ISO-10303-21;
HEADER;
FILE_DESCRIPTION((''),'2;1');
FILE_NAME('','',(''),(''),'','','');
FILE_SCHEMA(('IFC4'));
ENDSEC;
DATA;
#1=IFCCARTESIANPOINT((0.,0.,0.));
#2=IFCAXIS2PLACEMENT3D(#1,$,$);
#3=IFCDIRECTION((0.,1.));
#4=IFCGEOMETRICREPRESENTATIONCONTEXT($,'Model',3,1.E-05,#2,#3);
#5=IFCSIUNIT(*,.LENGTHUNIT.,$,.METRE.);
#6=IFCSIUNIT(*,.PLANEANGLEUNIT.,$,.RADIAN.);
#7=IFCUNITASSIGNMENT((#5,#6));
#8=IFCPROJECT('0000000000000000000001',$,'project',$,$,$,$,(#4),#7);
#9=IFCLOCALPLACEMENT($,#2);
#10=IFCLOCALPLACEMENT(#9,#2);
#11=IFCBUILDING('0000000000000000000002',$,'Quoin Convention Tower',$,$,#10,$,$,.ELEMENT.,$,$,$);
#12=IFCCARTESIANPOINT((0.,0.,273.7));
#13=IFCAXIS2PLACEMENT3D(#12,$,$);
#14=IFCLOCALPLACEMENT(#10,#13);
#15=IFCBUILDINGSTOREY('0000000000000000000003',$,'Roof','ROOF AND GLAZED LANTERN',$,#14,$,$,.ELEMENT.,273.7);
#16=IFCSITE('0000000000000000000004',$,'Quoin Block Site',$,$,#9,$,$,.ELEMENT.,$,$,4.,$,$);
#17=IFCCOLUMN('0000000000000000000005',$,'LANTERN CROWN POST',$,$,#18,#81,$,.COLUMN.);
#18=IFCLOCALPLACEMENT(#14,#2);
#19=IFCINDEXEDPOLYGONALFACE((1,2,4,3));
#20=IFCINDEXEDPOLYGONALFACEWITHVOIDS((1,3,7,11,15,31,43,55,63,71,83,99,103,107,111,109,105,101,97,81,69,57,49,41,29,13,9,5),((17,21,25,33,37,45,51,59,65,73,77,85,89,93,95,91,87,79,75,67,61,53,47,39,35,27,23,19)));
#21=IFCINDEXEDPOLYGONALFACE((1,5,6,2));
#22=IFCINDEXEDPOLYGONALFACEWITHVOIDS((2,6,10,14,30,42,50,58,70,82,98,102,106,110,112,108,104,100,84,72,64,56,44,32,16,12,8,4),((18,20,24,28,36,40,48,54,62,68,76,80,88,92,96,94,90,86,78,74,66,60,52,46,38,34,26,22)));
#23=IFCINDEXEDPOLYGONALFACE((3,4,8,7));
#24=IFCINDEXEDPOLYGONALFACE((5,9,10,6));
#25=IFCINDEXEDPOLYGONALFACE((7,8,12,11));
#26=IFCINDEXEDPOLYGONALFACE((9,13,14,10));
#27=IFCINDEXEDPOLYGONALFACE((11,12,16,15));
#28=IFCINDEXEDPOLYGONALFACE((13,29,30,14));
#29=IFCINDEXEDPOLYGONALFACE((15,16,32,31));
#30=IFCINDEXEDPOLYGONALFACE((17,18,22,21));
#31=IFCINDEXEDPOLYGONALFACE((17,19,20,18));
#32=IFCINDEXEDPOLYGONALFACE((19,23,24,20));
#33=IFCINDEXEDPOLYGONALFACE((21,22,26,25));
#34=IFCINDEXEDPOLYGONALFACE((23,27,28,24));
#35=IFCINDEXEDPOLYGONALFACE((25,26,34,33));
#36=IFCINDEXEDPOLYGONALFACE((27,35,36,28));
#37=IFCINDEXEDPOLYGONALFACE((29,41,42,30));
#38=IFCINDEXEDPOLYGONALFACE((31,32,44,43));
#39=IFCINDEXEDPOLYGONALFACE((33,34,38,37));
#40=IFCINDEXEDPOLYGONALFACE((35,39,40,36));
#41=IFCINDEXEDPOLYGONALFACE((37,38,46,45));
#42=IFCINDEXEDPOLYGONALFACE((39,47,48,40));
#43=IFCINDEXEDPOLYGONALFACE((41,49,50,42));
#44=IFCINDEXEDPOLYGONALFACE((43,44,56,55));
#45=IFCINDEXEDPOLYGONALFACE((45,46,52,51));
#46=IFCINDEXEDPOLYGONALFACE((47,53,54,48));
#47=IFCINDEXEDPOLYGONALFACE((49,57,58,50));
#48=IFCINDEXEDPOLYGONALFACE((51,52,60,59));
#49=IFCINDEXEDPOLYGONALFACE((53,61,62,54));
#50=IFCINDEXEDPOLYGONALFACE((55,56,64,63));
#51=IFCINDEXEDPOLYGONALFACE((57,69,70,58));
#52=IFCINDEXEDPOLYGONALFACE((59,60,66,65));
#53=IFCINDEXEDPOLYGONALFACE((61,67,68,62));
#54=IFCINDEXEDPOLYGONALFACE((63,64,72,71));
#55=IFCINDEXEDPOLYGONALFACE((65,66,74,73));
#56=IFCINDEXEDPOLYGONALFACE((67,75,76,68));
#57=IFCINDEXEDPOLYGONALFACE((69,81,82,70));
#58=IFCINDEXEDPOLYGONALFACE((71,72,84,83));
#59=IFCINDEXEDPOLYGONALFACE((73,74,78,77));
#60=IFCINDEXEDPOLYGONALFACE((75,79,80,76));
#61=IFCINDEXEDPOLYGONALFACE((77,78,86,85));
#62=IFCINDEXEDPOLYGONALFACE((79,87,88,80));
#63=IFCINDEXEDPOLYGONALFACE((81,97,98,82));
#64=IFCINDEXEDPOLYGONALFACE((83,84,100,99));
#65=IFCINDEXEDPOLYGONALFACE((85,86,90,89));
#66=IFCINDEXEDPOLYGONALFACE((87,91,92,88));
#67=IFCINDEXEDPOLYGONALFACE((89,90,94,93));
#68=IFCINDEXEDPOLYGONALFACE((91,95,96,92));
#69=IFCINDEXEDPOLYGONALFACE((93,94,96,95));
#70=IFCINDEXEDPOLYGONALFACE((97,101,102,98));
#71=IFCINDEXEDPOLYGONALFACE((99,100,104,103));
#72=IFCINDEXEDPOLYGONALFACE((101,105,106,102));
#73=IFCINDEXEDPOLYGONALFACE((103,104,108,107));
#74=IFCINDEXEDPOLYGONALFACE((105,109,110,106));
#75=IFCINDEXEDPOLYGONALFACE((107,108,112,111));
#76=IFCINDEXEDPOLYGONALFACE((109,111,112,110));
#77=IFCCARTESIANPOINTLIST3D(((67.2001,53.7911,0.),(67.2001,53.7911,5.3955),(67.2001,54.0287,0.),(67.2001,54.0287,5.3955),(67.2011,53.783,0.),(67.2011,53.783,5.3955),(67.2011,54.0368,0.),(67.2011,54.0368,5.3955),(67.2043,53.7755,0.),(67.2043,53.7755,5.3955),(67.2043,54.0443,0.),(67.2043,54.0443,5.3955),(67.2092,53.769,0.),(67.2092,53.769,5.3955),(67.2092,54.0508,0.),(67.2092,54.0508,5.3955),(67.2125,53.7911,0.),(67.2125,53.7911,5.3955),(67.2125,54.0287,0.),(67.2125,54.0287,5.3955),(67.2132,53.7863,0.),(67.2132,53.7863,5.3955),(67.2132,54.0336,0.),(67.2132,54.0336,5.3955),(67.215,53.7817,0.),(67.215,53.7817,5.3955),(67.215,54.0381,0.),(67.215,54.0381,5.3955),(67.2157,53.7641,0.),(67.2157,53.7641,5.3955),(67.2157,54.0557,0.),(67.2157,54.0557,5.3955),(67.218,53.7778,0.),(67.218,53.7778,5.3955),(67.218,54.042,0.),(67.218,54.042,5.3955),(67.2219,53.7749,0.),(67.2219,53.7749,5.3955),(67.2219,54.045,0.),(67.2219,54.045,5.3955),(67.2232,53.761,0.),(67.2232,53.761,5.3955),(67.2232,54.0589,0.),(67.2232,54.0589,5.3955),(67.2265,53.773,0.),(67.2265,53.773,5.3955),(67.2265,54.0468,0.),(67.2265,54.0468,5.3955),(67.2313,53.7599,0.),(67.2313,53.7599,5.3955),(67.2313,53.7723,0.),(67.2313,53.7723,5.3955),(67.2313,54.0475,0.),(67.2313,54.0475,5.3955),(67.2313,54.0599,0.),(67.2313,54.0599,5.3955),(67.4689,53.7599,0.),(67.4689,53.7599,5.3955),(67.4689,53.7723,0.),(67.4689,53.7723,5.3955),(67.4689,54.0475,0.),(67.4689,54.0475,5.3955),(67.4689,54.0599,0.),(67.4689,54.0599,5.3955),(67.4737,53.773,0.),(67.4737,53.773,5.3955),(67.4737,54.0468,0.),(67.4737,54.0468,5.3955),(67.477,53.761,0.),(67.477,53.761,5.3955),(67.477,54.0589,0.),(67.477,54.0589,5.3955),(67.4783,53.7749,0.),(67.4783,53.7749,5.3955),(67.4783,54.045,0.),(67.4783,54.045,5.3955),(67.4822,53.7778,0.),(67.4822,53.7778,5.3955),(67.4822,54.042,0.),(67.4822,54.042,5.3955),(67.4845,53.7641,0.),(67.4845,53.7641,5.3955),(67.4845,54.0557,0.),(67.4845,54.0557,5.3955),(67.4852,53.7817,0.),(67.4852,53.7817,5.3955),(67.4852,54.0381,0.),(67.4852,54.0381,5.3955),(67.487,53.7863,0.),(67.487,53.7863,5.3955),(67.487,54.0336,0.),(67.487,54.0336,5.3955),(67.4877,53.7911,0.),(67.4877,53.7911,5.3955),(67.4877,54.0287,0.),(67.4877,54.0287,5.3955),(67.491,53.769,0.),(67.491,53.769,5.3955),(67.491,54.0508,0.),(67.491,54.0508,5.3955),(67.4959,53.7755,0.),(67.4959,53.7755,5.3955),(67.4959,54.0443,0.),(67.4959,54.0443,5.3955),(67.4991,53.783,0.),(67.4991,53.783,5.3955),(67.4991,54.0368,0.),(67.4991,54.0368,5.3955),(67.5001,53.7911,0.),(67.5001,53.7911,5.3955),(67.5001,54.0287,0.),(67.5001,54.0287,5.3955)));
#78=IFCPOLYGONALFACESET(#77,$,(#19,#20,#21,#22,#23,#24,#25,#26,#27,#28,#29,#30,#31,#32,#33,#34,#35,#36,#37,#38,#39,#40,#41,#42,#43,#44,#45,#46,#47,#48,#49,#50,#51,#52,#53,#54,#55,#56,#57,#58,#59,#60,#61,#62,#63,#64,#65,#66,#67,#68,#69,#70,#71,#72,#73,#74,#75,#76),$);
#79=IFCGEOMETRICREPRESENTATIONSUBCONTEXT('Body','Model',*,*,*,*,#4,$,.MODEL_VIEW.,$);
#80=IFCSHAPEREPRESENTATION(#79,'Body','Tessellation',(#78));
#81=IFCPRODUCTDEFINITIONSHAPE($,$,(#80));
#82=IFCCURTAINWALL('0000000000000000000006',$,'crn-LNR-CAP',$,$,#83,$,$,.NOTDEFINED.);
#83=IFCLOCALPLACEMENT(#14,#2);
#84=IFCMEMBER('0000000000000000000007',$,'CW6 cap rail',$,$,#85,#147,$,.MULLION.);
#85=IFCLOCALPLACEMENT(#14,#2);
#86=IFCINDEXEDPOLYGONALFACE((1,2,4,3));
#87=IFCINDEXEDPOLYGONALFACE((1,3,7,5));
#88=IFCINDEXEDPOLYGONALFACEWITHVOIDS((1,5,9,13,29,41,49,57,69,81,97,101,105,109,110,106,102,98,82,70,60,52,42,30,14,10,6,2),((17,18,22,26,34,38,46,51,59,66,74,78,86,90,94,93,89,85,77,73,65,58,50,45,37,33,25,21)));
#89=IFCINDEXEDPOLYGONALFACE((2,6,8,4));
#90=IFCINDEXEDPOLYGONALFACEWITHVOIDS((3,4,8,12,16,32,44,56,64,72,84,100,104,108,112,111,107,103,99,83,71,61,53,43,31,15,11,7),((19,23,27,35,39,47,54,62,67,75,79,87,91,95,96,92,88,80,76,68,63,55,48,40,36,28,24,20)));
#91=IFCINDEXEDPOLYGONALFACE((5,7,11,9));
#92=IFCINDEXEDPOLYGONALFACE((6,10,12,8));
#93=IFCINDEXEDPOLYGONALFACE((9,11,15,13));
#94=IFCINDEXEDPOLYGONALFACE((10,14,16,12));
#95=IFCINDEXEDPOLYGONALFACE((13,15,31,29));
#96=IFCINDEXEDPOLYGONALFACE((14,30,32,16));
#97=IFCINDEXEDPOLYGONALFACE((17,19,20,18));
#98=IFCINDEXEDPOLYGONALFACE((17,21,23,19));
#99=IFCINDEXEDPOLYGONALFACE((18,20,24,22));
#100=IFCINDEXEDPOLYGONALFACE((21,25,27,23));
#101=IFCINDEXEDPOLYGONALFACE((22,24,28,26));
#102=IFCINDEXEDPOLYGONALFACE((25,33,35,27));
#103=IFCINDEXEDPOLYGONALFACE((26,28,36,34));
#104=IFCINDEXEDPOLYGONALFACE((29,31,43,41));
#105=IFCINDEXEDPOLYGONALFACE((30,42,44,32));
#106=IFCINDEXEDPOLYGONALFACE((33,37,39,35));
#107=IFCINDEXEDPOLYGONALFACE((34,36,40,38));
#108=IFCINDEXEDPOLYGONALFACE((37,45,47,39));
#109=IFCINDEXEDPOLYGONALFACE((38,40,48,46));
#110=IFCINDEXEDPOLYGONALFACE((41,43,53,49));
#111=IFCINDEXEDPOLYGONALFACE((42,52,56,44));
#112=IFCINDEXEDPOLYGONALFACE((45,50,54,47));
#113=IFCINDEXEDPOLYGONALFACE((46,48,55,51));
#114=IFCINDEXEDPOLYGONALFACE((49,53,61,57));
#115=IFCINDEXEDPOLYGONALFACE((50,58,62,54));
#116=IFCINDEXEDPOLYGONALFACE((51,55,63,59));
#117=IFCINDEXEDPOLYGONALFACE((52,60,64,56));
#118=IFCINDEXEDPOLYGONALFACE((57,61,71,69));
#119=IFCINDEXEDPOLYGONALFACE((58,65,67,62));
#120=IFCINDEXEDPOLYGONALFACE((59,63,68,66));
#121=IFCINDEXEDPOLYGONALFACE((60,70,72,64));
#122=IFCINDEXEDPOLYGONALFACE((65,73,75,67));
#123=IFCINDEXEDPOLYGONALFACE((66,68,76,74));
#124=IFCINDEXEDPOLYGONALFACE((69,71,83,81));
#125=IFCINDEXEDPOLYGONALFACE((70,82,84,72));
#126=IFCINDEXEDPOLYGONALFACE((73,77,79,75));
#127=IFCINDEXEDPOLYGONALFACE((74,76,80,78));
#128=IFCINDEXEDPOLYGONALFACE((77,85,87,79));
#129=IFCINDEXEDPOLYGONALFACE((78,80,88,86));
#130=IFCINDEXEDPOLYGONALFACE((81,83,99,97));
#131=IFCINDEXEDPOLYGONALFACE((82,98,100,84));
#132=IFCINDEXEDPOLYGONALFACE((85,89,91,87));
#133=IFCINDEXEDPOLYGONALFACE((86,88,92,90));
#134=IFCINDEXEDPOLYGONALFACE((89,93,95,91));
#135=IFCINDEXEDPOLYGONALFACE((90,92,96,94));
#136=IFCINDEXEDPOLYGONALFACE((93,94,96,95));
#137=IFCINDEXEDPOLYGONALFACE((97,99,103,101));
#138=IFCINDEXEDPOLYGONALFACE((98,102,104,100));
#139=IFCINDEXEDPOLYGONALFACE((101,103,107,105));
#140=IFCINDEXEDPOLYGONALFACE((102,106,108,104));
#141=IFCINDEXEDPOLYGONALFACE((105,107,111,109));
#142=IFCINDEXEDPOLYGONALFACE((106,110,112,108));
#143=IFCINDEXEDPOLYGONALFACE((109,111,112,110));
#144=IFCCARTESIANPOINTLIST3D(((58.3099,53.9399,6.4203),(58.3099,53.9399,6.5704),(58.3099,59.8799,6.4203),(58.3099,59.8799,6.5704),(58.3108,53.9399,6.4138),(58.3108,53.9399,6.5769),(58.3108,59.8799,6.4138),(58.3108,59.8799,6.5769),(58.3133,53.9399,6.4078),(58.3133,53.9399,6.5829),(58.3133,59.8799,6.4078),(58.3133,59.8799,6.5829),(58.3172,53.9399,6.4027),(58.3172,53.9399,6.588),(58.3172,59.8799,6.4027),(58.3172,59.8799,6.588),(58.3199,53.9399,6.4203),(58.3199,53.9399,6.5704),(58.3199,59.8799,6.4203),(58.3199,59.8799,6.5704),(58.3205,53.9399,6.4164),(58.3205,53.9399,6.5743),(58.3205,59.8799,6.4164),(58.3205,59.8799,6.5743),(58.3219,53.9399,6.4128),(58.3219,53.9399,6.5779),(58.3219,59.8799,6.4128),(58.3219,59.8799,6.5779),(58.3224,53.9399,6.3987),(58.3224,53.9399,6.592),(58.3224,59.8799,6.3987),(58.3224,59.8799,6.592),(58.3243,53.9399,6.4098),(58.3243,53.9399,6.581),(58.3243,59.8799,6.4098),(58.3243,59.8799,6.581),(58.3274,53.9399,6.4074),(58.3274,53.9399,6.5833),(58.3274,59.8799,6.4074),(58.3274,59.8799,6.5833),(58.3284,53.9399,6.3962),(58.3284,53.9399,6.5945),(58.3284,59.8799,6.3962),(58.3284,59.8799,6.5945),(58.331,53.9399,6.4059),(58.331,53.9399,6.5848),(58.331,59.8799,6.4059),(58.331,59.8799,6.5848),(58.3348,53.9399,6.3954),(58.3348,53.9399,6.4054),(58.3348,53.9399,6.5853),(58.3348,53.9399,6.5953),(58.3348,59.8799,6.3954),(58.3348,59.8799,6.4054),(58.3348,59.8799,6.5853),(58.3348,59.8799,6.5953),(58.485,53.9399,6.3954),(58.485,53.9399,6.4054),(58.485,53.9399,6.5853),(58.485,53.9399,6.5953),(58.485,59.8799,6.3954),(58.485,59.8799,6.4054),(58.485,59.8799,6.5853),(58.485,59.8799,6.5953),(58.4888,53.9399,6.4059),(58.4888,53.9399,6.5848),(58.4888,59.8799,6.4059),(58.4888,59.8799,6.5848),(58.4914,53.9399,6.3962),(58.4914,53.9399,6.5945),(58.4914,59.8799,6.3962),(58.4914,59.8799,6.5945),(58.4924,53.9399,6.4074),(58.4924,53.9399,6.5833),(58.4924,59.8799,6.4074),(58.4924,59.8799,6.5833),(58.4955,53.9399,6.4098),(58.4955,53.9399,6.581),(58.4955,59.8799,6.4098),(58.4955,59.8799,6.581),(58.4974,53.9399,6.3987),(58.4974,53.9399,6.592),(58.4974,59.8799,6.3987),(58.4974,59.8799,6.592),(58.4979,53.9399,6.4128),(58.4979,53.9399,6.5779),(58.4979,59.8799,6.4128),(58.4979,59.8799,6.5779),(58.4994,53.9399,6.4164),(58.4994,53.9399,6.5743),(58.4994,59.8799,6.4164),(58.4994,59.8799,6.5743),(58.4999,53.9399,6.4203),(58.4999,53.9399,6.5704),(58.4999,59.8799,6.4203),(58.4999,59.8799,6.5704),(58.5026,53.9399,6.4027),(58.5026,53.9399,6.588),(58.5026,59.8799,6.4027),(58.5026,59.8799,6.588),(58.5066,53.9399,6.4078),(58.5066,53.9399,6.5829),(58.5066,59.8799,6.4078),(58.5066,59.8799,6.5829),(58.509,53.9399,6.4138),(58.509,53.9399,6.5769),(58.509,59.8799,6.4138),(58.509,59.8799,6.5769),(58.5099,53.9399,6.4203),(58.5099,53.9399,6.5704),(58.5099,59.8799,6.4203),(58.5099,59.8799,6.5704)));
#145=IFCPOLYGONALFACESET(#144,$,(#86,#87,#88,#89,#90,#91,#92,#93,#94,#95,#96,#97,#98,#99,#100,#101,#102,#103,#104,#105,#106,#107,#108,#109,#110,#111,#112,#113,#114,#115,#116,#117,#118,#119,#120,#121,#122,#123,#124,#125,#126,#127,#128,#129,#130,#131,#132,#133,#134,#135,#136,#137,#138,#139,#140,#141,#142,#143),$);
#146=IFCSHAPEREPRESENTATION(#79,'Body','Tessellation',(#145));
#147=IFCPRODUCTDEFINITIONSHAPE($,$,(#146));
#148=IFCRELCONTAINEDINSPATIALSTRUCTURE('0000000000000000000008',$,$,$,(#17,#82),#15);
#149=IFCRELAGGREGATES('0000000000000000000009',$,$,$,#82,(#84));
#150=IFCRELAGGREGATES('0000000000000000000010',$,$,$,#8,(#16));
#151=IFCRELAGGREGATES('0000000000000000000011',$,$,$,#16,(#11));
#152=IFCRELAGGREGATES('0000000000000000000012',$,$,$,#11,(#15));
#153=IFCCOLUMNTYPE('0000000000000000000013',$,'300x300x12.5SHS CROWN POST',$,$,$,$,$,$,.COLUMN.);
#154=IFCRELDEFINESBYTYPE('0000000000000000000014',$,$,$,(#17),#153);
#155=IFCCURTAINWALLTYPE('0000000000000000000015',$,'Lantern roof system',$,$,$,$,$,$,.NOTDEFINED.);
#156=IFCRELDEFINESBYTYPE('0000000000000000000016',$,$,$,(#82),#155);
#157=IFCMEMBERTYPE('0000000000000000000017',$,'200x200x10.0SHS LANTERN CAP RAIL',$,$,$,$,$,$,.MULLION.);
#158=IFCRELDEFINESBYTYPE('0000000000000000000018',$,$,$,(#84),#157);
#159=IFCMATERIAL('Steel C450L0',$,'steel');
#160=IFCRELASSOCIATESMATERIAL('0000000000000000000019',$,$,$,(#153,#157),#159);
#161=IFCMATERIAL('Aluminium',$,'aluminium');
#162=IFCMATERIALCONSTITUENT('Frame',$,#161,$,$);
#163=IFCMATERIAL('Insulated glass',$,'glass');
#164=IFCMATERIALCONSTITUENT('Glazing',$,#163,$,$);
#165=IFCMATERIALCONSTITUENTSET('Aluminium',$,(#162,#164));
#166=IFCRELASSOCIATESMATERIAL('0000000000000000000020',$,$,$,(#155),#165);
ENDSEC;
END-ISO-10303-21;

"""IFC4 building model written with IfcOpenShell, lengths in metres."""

from ifc_helpers import new_model, si_unit, direction, frame, origin, origin_2d, place, context, subcontext, project, spatial, hollow_rectangle, extrude, material, constituent, constituent_set, material_profile, profile_set, type_object, element, aggregate, save


model = new_model("IFC4")

# Units and contexts
model_context = context("Model", 3, precision=1e-05, world=origin(), true_north=direction((0.0, 1.0)))
body_context = subcontext(model_context, "Body", "Model", "MODEL_VIEW")
ifc_project = project(units=[si_unit("LENGTHUNIT", "METRE"), si_unit("PLANEANGLEUNIT", "RADIAN")], contexts=[model_context])

# Site, building, storey
site_placement = place(None, origin())
site = spatial("IfcSite", under=ifc_project, at=site_placement, Name="Quoin Block Site", CompositionType="ELEMENT", RefElevation=4.0)
building_placement = place(site_placement, origin())
building = spatial("IfcBuilding", under=site, at=building_placement, Name="Quoin Convention Tower", CompositionType="ELEMENT")
storey_placement = place(building_placement, frame((0.0, 0.0, 273.7)))
storey = spatial("IfcBuildingStorey", under=building, at=storey_placement, Name="Roof", Description="ROOF AND GLAZED LANTERN", CompositionType="ELEMENT", Elevation=273.7)

# Column
ifc_material_1 = material(Name="Steel C450L0", Category="steel")
ifc_material_profile_1 = material_profile(ifc_material_1, hollow_rectangle(XDim=0.3, YDim=0.3, WallThickness=0.0125, InnerFilletRadius=0.0188, OuterFilletRadius=0.0312, at=origin_2d()), Name="300x300x12.5SHS")
ifc_profile_set_1 = profile_set([ifc_material_profile_1], Name="Steel C450L0")
column_type = type_object("IfcColumnType", Name="300x300x12.5SHS CROWN POST", PredefinedType="COLUMN", material=ifc_profile_set_1)
column_placement = place(storey_placement, frame((67.3501, 53.9099, 0.0), z_axis=(0.0, 0.0, 1.0), x_axis=(1.0, 0.0, 0.0)))
element("IfcColumn", 1, at=column_placement, inside=storey, type_object=column_type, Name="LANTERN CROWN POST", PredefinedType="COLUMN", context=body_context, shape_type="SweptSolid", body=[
    extrude(hollow_rectangle(XDim=0.3, YDim=0.3, WallThickness=0.0125, InnerFilletRadius=0.0188, OuterFilletRadius=0.0312, at=origin_2d()), origin(), (0.0, 0.0, 1.0), 5.3955),
])

# Curtain wall, member
ifc_material_2 = material(Name="Aluminium", Category="aluminium")
ifc_constituent_1 = constituent(ifc_material_2, Name="Frame")
ifc_material_3 = material(Name="Insulated glass", Category="glass")
ifc_constituent_2 = constituent(ifc_material_3, Name="Glazing")
ifc_constituent_set = constituent_set(constituents=[ifc_constituent_1, ifc_constituent_2], Name="Aluminium")
curtain_wall_type = type_object("IfcCurtainWallType", Name="Lantern roof system", PredefinedType="NOTDEFINED", material=ifc_constituent_set)
curtain_wall_1_placement = place(storey_placement, origin())
curtain_wall_1 = element("IfcCurtainWall", 2, at=curtain_wall_1_placement, inside=storey, type_object=curtain_wall_type, Name="crn-LNR-CAP", PredefinedType="NOTDEFINED")
ifc_material_profile_2 = material_profile(ifc_material_1, hollow_rectangle(XDim=0.2, YDim=0.2, WallThickness=0.01, InnerFilletRadius=0.0149, OuterFilletRadius=0.0249, at=origin_2d()), Name="200x200x10.0SHS")
ifc_profile_set_2 = profile_set([ifc_material_profile_2], Name="Steel C450L0")
member_type_1 = type_object("IfcMemberType", Name="200x200x10.0SHS LANTERN CAP RAIL", PredefinedType="MULLION", material=ifc_profile_set_2)
member_1_placement = place(storey_placement, frame((58.4099, 53.9399, 6.4954), z_axis=(0.0, 1.0, 0.0), x_axis=(-1.0, 0.0, 0.0)))
member_1 = element("IfcMember", 3, at=member_1_placement, type_object=member_type_1, Name="CW6 cap rail", PredefinedType="MULLION", context=body_context, shape_type="SweptSolid", body=[
    extrude(hollow_rectangle(XDim=0.2, YDim=0.2, WallThickness=0.01, InnerFilletRadius=0.0149, OuterFilletRadius=0.0249, at=origin_2d()), origin(), (0.0, 0.0, 1.0), 5.9399),
])

aggregate(curtain_wall_1, [member_1])

save(model, "model.ifc")
